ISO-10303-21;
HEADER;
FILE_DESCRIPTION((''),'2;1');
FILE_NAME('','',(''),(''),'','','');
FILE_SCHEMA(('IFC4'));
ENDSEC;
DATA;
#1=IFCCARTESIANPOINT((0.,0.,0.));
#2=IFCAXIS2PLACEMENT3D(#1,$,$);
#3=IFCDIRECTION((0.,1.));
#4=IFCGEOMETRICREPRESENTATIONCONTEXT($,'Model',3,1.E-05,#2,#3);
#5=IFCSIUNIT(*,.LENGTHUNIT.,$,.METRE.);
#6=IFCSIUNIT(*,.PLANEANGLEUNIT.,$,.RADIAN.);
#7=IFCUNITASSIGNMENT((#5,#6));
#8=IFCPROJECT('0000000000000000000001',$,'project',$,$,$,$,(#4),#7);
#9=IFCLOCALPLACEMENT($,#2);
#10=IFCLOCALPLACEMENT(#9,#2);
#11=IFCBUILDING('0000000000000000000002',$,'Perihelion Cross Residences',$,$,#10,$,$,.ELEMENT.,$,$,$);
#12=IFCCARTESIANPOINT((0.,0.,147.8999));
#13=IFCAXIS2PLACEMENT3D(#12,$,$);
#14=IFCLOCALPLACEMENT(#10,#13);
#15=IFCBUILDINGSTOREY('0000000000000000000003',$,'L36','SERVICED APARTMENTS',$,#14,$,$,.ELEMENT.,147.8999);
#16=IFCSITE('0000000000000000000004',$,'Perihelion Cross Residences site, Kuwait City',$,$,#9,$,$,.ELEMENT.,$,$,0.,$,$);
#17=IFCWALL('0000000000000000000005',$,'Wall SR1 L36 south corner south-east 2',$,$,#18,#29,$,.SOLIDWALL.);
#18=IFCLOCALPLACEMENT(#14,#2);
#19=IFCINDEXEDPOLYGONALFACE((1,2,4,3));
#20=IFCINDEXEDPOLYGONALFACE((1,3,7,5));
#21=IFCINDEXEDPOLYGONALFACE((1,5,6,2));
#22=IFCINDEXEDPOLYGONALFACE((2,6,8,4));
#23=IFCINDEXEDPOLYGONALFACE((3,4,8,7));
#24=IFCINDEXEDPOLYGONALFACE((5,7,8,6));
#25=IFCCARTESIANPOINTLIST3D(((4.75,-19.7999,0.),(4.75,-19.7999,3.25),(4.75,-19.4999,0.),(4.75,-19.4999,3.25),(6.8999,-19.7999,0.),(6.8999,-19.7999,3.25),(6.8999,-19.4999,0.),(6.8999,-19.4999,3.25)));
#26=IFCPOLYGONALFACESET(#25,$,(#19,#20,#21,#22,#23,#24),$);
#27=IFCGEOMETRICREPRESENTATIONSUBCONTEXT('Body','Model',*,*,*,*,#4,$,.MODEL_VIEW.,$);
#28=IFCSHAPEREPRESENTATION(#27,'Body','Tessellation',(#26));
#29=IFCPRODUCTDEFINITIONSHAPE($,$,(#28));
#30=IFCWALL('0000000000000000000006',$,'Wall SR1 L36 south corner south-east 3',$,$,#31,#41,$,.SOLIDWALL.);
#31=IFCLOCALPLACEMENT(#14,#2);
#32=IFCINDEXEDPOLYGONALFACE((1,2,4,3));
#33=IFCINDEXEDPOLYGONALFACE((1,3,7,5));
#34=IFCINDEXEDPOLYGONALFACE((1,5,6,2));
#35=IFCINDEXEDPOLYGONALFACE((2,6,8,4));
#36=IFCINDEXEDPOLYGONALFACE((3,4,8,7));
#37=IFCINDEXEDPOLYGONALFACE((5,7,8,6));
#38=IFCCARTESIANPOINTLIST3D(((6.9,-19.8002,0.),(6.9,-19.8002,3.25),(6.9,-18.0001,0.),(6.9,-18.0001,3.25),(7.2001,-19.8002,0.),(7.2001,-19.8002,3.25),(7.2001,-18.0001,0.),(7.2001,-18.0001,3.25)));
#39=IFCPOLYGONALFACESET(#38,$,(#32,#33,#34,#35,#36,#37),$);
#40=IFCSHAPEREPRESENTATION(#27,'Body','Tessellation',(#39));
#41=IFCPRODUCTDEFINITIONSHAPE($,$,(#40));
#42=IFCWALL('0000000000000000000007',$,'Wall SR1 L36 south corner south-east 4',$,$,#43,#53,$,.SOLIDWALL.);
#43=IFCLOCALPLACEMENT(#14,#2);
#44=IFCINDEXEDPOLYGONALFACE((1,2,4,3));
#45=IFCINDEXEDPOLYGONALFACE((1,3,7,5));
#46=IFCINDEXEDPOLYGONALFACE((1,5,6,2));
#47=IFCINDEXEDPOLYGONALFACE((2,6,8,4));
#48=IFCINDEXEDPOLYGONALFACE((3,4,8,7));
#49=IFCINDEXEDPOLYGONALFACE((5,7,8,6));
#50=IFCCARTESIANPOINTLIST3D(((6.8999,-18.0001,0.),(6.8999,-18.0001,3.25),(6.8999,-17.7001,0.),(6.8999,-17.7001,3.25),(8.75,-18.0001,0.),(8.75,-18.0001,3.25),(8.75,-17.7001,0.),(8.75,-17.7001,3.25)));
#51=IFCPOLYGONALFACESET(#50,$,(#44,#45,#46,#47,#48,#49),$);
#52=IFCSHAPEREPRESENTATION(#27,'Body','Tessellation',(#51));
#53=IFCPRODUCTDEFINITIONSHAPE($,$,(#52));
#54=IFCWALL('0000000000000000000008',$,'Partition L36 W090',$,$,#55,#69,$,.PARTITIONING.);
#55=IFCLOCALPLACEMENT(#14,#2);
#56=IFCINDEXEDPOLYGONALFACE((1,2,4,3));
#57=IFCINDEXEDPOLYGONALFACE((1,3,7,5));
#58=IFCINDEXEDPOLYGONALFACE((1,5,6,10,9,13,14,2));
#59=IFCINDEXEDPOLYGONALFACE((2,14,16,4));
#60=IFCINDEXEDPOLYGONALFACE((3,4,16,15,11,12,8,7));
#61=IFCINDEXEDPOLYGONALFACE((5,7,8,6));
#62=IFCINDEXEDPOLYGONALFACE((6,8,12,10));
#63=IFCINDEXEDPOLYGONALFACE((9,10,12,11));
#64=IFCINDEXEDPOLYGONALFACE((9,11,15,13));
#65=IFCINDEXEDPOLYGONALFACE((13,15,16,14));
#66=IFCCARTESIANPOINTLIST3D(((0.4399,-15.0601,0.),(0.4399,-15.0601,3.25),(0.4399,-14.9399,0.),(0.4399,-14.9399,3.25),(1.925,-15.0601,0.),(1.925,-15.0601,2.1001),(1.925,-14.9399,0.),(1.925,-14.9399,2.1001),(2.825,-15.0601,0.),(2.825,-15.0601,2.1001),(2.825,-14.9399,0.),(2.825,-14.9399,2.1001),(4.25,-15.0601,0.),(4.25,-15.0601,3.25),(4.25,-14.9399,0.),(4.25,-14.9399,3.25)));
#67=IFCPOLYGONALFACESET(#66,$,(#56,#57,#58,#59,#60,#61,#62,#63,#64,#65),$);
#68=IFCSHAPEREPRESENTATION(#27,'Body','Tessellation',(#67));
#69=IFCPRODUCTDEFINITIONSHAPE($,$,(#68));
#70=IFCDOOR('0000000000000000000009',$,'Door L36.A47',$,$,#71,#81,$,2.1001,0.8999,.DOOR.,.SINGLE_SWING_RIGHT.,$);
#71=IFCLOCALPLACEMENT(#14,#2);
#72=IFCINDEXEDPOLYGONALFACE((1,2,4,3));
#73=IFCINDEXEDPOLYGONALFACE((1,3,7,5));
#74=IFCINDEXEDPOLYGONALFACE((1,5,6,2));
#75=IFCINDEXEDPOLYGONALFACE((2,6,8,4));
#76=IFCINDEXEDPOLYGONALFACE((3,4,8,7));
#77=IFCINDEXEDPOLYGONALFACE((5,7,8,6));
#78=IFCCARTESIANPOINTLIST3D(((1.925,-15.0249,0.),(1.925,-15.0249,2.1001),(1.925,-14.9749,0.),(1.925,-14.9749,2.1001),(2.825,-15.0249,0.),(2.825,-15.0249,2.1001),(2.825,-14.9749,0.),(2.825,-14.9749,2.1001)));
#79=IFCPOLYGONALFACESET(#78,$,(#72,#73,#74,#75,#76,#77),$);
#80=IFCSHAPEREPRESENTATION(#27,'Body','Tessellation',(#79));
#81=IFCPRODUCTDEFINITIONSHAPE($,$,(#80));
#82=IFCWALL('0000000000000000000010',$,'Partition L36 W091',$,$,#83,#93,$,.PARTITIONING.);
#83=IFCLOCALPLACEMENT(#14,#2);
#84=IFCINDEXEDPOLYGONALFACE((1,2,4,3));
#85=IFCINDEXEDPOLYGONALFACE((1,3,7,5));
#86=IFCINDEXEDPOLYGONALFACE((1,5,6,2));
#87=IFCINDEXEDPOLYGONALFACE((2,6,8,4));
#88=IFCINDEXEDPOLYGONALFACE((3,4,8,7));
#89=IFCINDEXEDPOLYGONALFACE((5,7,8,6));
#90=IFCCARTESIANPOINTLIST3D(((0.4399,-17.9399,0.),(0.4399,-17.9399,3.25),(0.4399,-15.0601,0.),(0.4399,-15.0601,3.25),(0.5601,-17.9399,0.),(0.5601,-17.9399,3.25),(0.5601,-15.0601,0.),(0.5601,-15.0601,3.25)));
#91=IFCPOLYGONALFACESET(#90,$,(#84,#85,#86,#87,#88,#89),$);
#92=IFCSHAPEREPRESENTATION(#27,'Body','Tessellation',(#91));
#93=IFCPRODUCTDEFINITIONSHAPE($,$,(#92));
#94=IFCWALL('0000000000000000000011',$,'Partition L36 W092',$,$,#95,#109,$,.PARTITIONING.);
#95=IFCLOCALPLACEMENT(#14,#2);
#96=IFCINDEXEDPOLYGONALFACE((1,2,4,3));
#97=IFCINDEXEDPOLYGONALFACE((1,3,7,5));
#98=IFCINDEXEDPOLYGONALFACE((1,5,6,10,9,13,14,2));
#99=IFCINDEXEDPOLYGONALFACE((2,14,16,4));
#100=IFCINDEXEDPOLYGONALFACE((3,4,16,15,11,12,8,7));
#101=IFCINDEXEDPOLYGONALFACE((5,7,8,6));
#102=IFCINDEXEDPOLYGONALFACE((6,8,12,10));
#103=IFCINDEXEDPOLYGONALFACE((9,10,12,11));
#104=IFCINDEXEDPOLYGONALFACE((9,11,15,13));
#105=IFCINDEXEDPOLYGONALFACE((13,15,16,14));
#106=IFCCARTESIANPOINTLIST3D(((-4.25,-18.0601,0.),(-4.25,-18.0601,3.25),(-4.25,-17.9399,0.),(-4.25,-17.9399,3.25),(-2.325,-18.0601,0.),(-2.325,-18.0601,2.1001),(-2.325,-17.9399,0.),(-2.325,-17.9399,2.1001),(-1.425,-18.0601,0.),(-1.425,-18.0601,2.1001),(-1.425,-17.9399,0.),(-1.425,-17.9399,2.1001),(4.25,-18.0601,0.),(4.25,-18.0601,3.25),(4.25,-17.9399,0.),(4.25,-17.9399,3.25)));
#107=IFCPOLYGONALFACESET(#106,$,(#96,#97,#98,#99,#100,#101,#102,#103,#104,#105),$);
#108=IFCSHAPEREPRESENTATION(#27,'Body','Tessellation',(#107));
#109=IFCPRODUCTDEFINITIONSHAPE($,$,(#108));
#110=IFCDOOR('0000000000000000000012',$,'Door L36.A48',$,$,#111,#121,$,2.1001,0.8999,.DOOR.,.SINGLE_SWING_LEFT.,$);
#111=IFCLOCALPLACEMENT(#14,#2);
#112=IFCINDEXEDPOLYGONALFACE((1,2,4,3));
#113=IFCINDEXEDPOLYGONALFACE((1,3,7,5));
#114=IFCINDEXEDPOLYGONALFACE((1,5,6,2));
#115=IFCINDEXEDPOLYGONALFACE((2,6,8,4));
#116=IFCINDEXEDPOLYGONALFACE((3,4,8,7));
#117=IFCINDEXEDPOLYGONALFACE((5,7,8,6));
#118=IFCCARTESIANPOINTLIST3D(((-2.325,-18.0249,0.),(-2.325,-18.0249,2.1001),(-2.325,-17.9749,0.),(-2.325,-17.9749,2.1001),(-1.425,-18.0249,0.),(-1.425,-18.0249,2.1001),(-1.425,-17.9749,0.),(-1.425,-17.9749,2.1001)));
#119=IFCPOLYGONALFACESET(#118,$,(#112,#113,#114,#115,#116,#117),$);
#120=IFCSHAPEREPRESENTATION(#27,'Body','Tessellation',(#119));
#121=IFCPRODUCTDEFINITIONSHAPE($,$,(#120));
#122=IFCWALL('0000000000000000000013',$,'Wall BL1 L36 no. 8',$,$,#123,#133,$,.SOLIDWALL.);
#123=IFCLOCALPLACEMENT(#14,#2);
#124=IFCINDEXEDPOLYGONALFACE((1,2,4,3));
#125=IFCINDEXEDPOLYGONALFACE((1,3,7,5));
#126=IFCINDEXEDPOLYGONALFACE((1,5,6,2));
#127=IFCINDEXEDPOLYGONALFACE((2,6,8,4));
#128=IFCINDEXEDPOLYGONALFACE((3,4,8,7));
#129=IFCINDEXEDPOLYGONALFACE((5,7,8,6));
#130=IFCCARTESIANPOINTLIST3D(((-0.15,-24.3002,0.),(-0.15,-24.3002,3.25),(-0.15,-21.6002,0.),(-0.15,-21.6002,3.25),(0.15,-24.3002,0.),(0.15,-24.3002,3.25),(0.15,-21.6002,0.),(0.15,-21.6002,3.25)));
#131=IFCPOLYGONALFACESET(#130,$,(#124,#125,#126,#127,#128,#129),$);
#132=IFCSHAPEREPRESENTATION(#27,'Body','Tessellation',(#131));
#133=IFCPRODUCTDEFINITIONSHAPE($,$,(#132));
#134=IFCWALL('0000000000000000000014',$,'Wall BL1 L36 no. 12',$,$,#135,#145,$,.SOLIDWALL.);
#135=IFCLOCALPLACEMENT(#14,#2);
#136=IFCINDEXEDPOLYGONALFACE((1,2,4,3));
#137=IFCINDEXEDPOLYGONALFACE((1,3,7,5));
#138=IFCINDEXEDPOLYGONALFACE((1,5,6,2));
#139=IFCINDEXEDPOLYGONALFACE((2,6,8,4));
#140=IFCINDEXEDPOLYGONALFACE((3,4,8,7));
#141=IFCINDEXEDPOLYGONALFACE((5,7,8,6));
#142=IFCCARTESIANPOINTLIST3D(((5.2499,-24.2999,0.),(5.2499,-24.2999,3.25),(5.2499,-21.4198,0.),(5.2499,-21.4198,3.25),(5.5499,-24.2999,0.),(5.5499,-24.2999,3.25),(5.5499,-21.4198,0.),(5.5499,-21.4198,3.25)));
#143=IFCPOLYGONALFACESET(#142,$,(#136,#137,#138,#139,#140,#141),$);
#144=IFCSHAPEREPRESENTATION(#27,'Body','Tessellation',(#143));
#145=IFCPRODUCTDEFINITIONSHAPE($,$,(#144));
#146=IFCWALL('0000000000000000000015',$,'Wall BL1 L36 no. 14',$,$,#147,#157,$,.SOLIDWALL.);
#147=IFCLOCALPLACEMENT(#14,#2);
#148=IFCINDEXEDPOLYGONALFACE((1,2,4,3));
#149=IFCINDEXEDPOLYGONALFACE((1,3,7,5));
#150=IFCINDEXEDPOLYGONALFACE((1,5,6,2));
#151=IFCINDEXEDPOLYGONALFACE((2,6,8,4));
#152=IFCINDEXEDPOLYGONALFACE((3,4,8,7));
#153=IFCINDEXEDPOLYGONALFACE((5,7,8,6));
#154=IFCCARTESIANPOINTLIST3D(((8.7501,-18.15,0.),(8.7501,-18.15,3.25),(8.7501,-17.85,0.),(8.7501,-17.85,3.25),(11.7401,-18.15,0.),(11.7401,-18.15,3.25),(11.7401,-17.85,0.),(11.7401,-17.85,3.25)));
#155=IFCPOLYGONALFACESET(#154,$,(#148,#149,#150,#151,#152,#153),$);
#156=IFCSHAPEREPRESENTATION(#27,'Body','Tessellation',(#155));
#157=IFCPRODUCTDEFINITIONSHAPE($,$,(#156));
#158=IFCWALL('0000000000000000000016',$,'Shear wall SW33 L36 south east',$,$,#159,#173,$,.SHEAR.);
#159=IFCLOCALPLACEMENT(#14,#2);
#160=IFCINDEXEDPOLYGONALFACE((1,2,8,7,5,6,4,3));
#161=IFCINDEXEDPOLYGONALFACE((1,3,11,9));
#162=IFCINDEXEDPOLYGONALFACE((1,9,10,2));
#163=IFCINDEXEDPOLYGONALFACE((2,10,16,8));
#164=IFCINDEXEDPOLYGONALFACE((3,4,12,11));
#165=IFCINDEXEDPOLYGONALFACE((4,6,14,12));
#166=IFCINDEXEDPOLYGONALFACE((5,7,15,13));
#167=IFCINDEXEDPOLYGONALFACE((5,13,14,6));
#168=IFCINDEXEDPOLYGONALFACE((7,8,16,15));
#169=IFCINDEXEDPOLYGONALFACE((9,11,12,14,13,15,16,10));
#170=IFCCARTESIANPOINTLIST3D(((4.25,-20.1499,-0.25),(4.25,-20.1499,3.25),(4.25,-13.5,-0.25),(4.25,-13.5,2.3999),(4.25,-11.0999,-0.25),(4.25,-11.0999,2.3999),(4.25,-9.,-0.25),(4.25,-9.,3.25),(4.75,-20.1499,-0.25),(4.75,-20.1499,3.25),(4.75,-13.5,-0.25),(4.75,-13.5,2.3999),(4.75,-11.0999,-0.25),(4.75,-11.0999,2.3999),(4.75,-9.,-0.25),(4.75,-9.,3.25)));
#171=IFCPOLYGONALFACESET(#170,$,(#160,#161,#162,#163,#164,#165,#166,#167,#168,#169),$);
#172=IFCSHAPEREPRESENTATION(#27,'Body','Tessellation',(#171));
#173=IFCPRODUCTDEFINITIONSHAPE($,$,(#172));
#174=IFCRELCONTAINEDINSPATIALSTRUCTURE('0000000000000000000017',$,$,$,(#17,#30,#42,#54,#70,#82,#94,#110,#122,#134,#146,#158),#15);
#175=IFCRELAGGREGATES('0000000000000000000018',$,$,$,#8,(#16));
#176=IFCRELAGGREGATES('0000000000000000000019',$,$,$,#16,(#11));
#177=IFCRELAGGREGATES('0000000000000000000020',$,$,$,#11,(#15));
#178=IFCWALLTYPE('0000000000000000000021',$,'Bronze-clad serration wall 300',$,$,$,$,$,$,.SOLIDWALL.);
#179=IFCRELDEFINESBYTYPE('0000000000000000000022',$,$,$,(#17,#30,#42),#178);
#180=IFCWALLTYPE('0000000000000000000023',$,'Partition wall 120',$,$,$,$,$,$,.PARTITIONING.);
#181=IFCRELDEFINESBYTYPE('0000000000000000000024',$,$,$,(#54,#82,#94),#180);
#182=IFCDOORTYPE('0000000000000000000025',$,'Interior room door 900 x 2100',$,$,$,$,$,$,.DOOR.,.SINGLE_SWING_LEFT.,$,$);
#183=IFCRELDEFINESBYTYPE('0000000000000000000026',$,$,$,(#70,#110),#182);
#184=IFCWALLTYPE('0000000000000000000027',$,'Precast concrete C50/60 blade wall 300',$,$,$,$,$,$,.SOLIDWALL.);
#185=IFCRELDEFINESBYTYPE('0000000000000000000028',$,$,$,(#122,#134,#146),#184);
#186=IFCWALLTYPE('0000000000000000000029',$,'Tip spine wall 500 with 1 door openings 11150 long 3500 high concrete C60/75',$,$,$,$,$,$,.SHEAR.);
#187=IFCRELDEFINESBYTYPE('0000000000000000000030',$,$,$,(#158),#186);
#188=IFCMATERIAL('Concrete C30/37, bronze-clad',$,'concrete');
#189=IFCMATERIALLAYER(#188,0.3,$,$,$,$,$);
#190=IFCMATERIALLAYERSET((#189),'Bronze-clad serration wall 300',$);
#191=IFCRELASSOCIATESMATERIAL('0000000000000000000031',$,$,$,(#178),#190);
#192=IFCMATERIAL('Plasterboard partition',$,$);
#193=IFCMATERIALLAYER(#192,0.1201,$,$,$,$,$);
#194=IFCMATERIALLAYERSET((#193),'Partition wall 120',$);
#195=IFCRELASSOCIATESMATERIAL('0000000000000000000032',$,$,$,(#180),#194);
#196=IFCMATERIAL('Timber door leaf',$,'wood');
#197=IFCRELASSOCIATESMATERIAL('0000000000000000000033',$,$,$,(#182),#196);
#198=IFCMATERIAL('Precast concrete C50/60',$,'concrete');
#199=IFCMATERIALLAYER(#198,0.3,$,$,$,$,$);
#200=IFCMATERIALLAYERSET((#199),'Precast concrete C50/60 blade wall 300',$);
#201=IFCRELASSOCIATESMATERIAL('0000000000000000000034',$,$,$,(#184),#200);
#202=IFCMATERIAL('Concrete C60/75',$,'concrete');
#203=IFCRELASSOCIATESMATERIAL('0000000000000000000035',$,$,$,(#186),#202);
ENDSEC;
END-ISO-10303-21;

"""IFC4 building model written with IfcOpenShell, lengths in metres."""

from ifc_helpers import new_model, si_unit, direction, frame, frame_2d, origin, place, context, subcontext, project, spatial, polyline, rectangle, outline, extrude, material, layer, layer_set, material_profile, profile_set, type_object, element, fill, save


model = new_model("IFC4")

# Units and contexts
model_context = context("Model", 3, precision=1e-05, world=origin(), true_north=direction((0.0, 1.0)))
body_context = subcontext(model_context, "Body", "Model", "MODEL_VIEW")
ifc_project = project(units=[si_unit("LENGTHUNIT", "METRE"), si_unit("PLANEANGLEUNIT", "RADIAN")], contexts=[model_context])

# Site, building, storey
site_placement = place(None, origin())
site = spatial("IfcSite", under=ifc_project, at=site_placement, Name="Perihelion Cross Residences site, Kuwait City", CompositionType="ELEMENT", RefElevation=0.0)
building_placement = place(site_placement, origin())
building = spatial("IfcBuilding", under=site, at=building_placement, Name="Perihelion Cross Residences", CompositionType="ELEMENT")
storey_placement = place(building_placement, frame((0.0, 0.0, 147.8999)))
storey = spatial("IfcBuildingStorey", under=building, at=storey_placement, Name="L36", Description="SERVICED APARTMENTS", CompositionType="ELEMENT", Elevation=147.8999)

# Walls
ifc_material_1 = material(Name="Concrete C30/37, bronze-clad", Category="concrete")
ifc_layer_1 = layer(ifc_material_1, 0.3)
ifc_layer_set_1 = layer_set([ifc_layer_1], Name="Bronze-clad serration wall 300")
wall_type_1 = type_object("IfcWallType", Name="Bronze-clad serration wall 300", PredefinedType="SOLIDWALL", material=ifc_layer_set_1)
wall_1_placement = place(storey_placement, frame((4.75, -19.6499, 0.0), z_axis=(0.0, 0.0, 1.0), x_axis=(1.0, 0.0, 0.0)))
element("IfcWall", 1, at=wall_1_placement, inside=storey, type_object=wall_type_1, Name="Wall SR1 L36 south corner south-east 2", PredefinedType="SOLIDWALL", context=body_context, shape_type="SweptSolid", body=[
    extrude(rectangle(XDim=2.1499, YDim=0.3, at=frame_2d((1.075, 0.0))), origin(), (0.0, 0.0, 1.0), 3.25),
])
wall_2_placement = place(storey_placement, frame((7.05, -19.8, 0.0), z_axis=(0.0, 0.0, 1.0), x_axis=(0.0, 1.0, 0.0)))
element("IfcWall", 2, at=wall_2_placement, inside=storey, type_object=wall_type_1, Name="Wall SR1 L36 south corner south-east 3", PredefinedType="SOLIDWALL", context=body_context, shape_type="SweptSolid", body=[
    extrude(rectangle(XDim=1.8, YDim=0.3, at=frame_2d((0.8999, 0.0))), origin(), (0.0, 0.0, 1.0), 3.25),
])
wall_3_placement = place(storey_placement, frame((6.8999, -17.8501, 0.0), z_axis=(0.0, 0.0, 1.0), x_axis=(1.0, 0.0, 0.0)))
element("IfcWall", 3, at=wall_3_placement, inside=storey, type_object=wall_type_1, Name="Wall SR1 L36 south corner south-east 4", PredefinedType="SOLIDWALL", context=body_context, shape_type="SweptSolid", body=[
    extrude(rectangle(XDim=1.8501, YDim=0.3, at=frame_2d((0.925, 0.0))), origin(), (0.0, 0.0, 1.0), 3.25),
])

# Wall, opening, door
ifc_material_2 = material(Name="Plasterboard partition")
ifc_layer_2 = layer(ifc_material_2, 0.1201)
ifc_layer_set_2 = layer_set([ifc_layer_2], Name="Partition wall 120")
wall_type_2 = type_object("IfcWallType", Name="Partition wall 120", PredefinedType="PARTITIONING", material=ifc_layer_set_2)
wall_4_placement = place(storey_placement, frame((4.25, -15.0, 0.0), z_axis=(0.0, 0.0, 1.0), x_axis=(-1.0, 0.0, 0.0)))
wall_4 = element("IfcWall", 4, at=wall_4_placement, inside=storey, type_object=wall_type_2, Name="Partition L36 W090", PredefinedType="PARTITIONING", context=body_context, shape_type="SweptSolid", body=[
    extrude(rectangle(XDim=3.8101, YDim=0.1201, at=frame_2d((1.905, 0.0))), origin(), (0.0, 0.0, 1.0), 3.25),
])
opening_1_placement = place(wall_4_placement, frame((1.425, 0.0, 0.0)))
opening_1 = element("IfcOpeningElement", 5, at=opening_1_placement, cuts=wall_4, PredefinedType="OPENING", context=body_context, shape_type="SweptSolid", body=[
    extrude(rectangle(XDim=0.8999, YDim=2.1001, at=frame_2d((0.45, 1.05))), frame((0.0, 0.0701, 0.0), z_axis=(0.0, -1.0, 0.0), x_axis=(1.0, 0.0, 0.0)), (0.0, 0.0, 1.0), 0.1401),
])
ifc_material_3 = material(Name="Timber door leaf", Category="wood")
door_type_1 = type_object("IfcDoorType", Name="Interior room door 900 x 2100", OperationType="SINGLE_SWING_LEFT", PredefinedType="DOOR", material=ifc_material_3)
door_1_placement = place(opening_1_placement, origin())
door_1 = element("IfcDoor", 6, at=door_1_placement, inside=storey, type_object=door_type_1, Name="Door L36.A47", OperationType="SINGLE_SWING_RIGHT", OverallHeight=2.1001, OverallWidth=0.8999, PredefinedType="DOOR", context=body_context, shape_type="SweptSolid", body=[
    extrude(rectangle(XDim=0.8999, YDim=2.1001, at=frame_2d((0.45, 1.05))), frame((0.0, 0.0249, 0.0), z_axis=(0.0, -1.0, 0.0), x_axis=(1.0, 0.0, 0.0)), (0.0, 0.0, 1.0), 0.05),
])
fill(opening_1, door_1)

# Wall
wall_5_placement = place(storey_placement, frame((0.5, -15.0601, 0.0), z_axis=(0.0, 0.0, 1.0), x_axis=(0.0, -1.0, 0.0)))
element("IfcWall", 7, at=wall_5_placement, inside=storey, type_object=wall_type_2, Name="Partition L36 W091", PredefinedType="PARTITIONING", context=body_context, shape_type="SweptSolid", body=[
    extrude(rectangle(XDim=2.8799, YDim=0.1201, at=frame_2d((1.4399, 0.0))), origin(), (0.0, 0.0, 1.0), 3.25),
])

# Wall, opening, door
wall_6_placement = place(storey_placement, frame((4.25, -18.0, 0.0), z_axis=(0.0, 0.0, 1.0), x_axis=(-1.0, 0.0, 0.0)))
wall_6 = element("IfcWall", 8, at=wall_6_placement, inside=storey, type_object=wall_type_2, Name="Partition L36 W092", PredefinedType="PARTITIONING", context=body_context, shape_type="SweptSolid", body=[
    extrude(rectangle(XDim=8.5, YDim=0.1201, at=frame_2d((4.25, 0.0))), origin(), (0.0, 0.0, 1.0), 3.25),
])
opening_2_placement = place(wall_6_placement, frame((5.675, 0.0, 0.0)))
opening_2 = element("IfcOpeningElement", 9, at=opening_2_placement, cuts=wall_6, PredefinedType="OPENING", context=body_context, shape_type="SweptSolid", body=[
    extrude(rectangle(XDim=0.8999, YDim=2.1001, at=frame_2d((0.45, 1.05))), frame((0.0, 0.0701, 0.0), z_axis=(0.0, -1.0, 0.0), x_axis=(1.0, 0.0, 0.0)), (0.0, 0.0, 1.0), 0.1401),
])
door_2_placement = place(opening_2_placement, origin())
door_2 = element("IfcDoor", 10, at=door_2_placement, inside=storey, type_object=door_type_1, Name="Door L36.A48", OperationType="SINGLE_SWING_LEFT", OverallHeight=2.1001, OverallWidth=0.8999, PredefinedType="DOOR", context=body_context, shape_type="SweptSolid", body=[
    extrude(rectangle(XDim=0.8999, YDim=2.1001, at=frame_2d((0.45, 1.05))), frame((0.0, 0.0249, 0.0), z_axis=(0.0, -1.0, 0.0), x_axis=(1.0, 0.0, 0.0)), (0.0, 0.0, 1.0), 0.05),
])
fill(opening_2, door_2)

# Walls
ifc_material_4 = material(Name="Precast concrete C50/60", Category="concrete")
ifc_layer_3 = layer(ifc_material_4, 0.3)
ifc_layer_set_3 = layer_set([ifc_layer_3], Name="Precast concrete C50/60 blade wall 300")
wall_type_3 = type_object("IfcWallType", Name="Precast concrete C50/60 blade wall 300", PredefinedType="SOLIDWALL", material=ifc_layer_set_3)
wall_7_placement = place(storey_placement, frame((0.0, -21.6001, 0.0), z_axis=(0.0, 0.0, 1.0), x_axis=(0.0, -1.0, 0.0)))
element("IfcWall", 11, at=wall_7_placement, inside=storey, type_object=wall_type_3, Name="Wall BL1 L36 no. 8", PredefinedType="SOLIDWALL", context=body_context, shape_type="SweptSolid", body=[
    extrude(rectangle(XDim=2.7, YDim=0.3, at=frame_2d((1.3501, 0.0))), origin(), (0.0, 0.0, 1.0), 3.25),
])
wall_8_placement = place(storey_placement, frame((5.3999, -21.4199, 0.0), z_axis=(0.0, 0.0, 1.0), x_axis=(0.0, -1.0, 0.0)))
element("IfcWall", 12, at=wall_8_placement, inside=storey, type_object=wall_type_3, Name="Wall BL1 L36 no. 12", PredefinedType="SOLIDWALL", context=body_context, shape_type="SweptSolid", body=[
    extrude(rectangle(XDim=2.8801, YDim=0.3, at=frame_2d((1.4399, 0.0))), origin(), (0.0, 0.0, 1.0), 3.25),
])
wall_9_placement = place(storey_placement, frame((8.75, -18.0, 0.0), z_axis=(0.0, 0.0, 1.0), x_axis=(1.0, 0.0, 0.0)))
element("IfcWall", 13, at=wall_9_placement, inside=storey, type_object=wall_type_3, Name="Wall BL1 L36 no. 14", PredefinedType="SOLIDWALL", context=body_context, shape_type="SweptSolid", body=[
    extrude(rectangle(XDim=2.99, YDim=0.3, at=frame_2d((1.4951, 0.0))), origin(), (0.0, 0.0, 1.0), 3.25),
])
ifc_material_5 = material(Name="Concrete C60/75", Category="concrete")
ifc_material_profile_1 = material_profile(ifc_material_5, outline(polyline([(0.0, 0.0), (6.6499, 0.0), (6.6499, 2.6499), (9.05, 2.6499), (9.05, 0.0), (11.1499, 0.0), (11.1499, 3.5), (0.0, 3.5), (0.0, 0.0)])), Name="Tip spine wall")
ifc_profile_set_1 = profile_set([ifc_material_profile_1], Name="Concrete C60/75")
wall_type_4 = type_object("IfcWallType", Name="Tip spine wall 500 with 1 door openings 11150 long 3500 high concrete C60/75", PredefinedType="SHEAR", material=ifc_profile_set_1)
wall_10_placement = place(storey_placement, frame((4.25, -20.1499, -0.25), z_axis=(1.0, 0.0, 0.0), x_axis=(0.0, 1.0, 0.0)))
element("IfcWall", 14, at=wall_10_placement, inside=storey, type_object=wall_type_4, Name="Shear wall SW33 L36 south east", PredefinedType="SHEAR", context=body_context, shape_type="SweptSolid", body=[
    extrude(outline(polyline([(0.0, 0.0), (6.6499, 0.0), (6.6499, 2.6499), (9.05, 2.6499), (9.05, 0.0), (11.1499, 0.0), (11.1499, 3.5), (0.0, 3.5), (0.0, 0.0)])), origin(), (0.0, 0.0, 1.0), 0.5),
])

save(model, "model.ifc")
